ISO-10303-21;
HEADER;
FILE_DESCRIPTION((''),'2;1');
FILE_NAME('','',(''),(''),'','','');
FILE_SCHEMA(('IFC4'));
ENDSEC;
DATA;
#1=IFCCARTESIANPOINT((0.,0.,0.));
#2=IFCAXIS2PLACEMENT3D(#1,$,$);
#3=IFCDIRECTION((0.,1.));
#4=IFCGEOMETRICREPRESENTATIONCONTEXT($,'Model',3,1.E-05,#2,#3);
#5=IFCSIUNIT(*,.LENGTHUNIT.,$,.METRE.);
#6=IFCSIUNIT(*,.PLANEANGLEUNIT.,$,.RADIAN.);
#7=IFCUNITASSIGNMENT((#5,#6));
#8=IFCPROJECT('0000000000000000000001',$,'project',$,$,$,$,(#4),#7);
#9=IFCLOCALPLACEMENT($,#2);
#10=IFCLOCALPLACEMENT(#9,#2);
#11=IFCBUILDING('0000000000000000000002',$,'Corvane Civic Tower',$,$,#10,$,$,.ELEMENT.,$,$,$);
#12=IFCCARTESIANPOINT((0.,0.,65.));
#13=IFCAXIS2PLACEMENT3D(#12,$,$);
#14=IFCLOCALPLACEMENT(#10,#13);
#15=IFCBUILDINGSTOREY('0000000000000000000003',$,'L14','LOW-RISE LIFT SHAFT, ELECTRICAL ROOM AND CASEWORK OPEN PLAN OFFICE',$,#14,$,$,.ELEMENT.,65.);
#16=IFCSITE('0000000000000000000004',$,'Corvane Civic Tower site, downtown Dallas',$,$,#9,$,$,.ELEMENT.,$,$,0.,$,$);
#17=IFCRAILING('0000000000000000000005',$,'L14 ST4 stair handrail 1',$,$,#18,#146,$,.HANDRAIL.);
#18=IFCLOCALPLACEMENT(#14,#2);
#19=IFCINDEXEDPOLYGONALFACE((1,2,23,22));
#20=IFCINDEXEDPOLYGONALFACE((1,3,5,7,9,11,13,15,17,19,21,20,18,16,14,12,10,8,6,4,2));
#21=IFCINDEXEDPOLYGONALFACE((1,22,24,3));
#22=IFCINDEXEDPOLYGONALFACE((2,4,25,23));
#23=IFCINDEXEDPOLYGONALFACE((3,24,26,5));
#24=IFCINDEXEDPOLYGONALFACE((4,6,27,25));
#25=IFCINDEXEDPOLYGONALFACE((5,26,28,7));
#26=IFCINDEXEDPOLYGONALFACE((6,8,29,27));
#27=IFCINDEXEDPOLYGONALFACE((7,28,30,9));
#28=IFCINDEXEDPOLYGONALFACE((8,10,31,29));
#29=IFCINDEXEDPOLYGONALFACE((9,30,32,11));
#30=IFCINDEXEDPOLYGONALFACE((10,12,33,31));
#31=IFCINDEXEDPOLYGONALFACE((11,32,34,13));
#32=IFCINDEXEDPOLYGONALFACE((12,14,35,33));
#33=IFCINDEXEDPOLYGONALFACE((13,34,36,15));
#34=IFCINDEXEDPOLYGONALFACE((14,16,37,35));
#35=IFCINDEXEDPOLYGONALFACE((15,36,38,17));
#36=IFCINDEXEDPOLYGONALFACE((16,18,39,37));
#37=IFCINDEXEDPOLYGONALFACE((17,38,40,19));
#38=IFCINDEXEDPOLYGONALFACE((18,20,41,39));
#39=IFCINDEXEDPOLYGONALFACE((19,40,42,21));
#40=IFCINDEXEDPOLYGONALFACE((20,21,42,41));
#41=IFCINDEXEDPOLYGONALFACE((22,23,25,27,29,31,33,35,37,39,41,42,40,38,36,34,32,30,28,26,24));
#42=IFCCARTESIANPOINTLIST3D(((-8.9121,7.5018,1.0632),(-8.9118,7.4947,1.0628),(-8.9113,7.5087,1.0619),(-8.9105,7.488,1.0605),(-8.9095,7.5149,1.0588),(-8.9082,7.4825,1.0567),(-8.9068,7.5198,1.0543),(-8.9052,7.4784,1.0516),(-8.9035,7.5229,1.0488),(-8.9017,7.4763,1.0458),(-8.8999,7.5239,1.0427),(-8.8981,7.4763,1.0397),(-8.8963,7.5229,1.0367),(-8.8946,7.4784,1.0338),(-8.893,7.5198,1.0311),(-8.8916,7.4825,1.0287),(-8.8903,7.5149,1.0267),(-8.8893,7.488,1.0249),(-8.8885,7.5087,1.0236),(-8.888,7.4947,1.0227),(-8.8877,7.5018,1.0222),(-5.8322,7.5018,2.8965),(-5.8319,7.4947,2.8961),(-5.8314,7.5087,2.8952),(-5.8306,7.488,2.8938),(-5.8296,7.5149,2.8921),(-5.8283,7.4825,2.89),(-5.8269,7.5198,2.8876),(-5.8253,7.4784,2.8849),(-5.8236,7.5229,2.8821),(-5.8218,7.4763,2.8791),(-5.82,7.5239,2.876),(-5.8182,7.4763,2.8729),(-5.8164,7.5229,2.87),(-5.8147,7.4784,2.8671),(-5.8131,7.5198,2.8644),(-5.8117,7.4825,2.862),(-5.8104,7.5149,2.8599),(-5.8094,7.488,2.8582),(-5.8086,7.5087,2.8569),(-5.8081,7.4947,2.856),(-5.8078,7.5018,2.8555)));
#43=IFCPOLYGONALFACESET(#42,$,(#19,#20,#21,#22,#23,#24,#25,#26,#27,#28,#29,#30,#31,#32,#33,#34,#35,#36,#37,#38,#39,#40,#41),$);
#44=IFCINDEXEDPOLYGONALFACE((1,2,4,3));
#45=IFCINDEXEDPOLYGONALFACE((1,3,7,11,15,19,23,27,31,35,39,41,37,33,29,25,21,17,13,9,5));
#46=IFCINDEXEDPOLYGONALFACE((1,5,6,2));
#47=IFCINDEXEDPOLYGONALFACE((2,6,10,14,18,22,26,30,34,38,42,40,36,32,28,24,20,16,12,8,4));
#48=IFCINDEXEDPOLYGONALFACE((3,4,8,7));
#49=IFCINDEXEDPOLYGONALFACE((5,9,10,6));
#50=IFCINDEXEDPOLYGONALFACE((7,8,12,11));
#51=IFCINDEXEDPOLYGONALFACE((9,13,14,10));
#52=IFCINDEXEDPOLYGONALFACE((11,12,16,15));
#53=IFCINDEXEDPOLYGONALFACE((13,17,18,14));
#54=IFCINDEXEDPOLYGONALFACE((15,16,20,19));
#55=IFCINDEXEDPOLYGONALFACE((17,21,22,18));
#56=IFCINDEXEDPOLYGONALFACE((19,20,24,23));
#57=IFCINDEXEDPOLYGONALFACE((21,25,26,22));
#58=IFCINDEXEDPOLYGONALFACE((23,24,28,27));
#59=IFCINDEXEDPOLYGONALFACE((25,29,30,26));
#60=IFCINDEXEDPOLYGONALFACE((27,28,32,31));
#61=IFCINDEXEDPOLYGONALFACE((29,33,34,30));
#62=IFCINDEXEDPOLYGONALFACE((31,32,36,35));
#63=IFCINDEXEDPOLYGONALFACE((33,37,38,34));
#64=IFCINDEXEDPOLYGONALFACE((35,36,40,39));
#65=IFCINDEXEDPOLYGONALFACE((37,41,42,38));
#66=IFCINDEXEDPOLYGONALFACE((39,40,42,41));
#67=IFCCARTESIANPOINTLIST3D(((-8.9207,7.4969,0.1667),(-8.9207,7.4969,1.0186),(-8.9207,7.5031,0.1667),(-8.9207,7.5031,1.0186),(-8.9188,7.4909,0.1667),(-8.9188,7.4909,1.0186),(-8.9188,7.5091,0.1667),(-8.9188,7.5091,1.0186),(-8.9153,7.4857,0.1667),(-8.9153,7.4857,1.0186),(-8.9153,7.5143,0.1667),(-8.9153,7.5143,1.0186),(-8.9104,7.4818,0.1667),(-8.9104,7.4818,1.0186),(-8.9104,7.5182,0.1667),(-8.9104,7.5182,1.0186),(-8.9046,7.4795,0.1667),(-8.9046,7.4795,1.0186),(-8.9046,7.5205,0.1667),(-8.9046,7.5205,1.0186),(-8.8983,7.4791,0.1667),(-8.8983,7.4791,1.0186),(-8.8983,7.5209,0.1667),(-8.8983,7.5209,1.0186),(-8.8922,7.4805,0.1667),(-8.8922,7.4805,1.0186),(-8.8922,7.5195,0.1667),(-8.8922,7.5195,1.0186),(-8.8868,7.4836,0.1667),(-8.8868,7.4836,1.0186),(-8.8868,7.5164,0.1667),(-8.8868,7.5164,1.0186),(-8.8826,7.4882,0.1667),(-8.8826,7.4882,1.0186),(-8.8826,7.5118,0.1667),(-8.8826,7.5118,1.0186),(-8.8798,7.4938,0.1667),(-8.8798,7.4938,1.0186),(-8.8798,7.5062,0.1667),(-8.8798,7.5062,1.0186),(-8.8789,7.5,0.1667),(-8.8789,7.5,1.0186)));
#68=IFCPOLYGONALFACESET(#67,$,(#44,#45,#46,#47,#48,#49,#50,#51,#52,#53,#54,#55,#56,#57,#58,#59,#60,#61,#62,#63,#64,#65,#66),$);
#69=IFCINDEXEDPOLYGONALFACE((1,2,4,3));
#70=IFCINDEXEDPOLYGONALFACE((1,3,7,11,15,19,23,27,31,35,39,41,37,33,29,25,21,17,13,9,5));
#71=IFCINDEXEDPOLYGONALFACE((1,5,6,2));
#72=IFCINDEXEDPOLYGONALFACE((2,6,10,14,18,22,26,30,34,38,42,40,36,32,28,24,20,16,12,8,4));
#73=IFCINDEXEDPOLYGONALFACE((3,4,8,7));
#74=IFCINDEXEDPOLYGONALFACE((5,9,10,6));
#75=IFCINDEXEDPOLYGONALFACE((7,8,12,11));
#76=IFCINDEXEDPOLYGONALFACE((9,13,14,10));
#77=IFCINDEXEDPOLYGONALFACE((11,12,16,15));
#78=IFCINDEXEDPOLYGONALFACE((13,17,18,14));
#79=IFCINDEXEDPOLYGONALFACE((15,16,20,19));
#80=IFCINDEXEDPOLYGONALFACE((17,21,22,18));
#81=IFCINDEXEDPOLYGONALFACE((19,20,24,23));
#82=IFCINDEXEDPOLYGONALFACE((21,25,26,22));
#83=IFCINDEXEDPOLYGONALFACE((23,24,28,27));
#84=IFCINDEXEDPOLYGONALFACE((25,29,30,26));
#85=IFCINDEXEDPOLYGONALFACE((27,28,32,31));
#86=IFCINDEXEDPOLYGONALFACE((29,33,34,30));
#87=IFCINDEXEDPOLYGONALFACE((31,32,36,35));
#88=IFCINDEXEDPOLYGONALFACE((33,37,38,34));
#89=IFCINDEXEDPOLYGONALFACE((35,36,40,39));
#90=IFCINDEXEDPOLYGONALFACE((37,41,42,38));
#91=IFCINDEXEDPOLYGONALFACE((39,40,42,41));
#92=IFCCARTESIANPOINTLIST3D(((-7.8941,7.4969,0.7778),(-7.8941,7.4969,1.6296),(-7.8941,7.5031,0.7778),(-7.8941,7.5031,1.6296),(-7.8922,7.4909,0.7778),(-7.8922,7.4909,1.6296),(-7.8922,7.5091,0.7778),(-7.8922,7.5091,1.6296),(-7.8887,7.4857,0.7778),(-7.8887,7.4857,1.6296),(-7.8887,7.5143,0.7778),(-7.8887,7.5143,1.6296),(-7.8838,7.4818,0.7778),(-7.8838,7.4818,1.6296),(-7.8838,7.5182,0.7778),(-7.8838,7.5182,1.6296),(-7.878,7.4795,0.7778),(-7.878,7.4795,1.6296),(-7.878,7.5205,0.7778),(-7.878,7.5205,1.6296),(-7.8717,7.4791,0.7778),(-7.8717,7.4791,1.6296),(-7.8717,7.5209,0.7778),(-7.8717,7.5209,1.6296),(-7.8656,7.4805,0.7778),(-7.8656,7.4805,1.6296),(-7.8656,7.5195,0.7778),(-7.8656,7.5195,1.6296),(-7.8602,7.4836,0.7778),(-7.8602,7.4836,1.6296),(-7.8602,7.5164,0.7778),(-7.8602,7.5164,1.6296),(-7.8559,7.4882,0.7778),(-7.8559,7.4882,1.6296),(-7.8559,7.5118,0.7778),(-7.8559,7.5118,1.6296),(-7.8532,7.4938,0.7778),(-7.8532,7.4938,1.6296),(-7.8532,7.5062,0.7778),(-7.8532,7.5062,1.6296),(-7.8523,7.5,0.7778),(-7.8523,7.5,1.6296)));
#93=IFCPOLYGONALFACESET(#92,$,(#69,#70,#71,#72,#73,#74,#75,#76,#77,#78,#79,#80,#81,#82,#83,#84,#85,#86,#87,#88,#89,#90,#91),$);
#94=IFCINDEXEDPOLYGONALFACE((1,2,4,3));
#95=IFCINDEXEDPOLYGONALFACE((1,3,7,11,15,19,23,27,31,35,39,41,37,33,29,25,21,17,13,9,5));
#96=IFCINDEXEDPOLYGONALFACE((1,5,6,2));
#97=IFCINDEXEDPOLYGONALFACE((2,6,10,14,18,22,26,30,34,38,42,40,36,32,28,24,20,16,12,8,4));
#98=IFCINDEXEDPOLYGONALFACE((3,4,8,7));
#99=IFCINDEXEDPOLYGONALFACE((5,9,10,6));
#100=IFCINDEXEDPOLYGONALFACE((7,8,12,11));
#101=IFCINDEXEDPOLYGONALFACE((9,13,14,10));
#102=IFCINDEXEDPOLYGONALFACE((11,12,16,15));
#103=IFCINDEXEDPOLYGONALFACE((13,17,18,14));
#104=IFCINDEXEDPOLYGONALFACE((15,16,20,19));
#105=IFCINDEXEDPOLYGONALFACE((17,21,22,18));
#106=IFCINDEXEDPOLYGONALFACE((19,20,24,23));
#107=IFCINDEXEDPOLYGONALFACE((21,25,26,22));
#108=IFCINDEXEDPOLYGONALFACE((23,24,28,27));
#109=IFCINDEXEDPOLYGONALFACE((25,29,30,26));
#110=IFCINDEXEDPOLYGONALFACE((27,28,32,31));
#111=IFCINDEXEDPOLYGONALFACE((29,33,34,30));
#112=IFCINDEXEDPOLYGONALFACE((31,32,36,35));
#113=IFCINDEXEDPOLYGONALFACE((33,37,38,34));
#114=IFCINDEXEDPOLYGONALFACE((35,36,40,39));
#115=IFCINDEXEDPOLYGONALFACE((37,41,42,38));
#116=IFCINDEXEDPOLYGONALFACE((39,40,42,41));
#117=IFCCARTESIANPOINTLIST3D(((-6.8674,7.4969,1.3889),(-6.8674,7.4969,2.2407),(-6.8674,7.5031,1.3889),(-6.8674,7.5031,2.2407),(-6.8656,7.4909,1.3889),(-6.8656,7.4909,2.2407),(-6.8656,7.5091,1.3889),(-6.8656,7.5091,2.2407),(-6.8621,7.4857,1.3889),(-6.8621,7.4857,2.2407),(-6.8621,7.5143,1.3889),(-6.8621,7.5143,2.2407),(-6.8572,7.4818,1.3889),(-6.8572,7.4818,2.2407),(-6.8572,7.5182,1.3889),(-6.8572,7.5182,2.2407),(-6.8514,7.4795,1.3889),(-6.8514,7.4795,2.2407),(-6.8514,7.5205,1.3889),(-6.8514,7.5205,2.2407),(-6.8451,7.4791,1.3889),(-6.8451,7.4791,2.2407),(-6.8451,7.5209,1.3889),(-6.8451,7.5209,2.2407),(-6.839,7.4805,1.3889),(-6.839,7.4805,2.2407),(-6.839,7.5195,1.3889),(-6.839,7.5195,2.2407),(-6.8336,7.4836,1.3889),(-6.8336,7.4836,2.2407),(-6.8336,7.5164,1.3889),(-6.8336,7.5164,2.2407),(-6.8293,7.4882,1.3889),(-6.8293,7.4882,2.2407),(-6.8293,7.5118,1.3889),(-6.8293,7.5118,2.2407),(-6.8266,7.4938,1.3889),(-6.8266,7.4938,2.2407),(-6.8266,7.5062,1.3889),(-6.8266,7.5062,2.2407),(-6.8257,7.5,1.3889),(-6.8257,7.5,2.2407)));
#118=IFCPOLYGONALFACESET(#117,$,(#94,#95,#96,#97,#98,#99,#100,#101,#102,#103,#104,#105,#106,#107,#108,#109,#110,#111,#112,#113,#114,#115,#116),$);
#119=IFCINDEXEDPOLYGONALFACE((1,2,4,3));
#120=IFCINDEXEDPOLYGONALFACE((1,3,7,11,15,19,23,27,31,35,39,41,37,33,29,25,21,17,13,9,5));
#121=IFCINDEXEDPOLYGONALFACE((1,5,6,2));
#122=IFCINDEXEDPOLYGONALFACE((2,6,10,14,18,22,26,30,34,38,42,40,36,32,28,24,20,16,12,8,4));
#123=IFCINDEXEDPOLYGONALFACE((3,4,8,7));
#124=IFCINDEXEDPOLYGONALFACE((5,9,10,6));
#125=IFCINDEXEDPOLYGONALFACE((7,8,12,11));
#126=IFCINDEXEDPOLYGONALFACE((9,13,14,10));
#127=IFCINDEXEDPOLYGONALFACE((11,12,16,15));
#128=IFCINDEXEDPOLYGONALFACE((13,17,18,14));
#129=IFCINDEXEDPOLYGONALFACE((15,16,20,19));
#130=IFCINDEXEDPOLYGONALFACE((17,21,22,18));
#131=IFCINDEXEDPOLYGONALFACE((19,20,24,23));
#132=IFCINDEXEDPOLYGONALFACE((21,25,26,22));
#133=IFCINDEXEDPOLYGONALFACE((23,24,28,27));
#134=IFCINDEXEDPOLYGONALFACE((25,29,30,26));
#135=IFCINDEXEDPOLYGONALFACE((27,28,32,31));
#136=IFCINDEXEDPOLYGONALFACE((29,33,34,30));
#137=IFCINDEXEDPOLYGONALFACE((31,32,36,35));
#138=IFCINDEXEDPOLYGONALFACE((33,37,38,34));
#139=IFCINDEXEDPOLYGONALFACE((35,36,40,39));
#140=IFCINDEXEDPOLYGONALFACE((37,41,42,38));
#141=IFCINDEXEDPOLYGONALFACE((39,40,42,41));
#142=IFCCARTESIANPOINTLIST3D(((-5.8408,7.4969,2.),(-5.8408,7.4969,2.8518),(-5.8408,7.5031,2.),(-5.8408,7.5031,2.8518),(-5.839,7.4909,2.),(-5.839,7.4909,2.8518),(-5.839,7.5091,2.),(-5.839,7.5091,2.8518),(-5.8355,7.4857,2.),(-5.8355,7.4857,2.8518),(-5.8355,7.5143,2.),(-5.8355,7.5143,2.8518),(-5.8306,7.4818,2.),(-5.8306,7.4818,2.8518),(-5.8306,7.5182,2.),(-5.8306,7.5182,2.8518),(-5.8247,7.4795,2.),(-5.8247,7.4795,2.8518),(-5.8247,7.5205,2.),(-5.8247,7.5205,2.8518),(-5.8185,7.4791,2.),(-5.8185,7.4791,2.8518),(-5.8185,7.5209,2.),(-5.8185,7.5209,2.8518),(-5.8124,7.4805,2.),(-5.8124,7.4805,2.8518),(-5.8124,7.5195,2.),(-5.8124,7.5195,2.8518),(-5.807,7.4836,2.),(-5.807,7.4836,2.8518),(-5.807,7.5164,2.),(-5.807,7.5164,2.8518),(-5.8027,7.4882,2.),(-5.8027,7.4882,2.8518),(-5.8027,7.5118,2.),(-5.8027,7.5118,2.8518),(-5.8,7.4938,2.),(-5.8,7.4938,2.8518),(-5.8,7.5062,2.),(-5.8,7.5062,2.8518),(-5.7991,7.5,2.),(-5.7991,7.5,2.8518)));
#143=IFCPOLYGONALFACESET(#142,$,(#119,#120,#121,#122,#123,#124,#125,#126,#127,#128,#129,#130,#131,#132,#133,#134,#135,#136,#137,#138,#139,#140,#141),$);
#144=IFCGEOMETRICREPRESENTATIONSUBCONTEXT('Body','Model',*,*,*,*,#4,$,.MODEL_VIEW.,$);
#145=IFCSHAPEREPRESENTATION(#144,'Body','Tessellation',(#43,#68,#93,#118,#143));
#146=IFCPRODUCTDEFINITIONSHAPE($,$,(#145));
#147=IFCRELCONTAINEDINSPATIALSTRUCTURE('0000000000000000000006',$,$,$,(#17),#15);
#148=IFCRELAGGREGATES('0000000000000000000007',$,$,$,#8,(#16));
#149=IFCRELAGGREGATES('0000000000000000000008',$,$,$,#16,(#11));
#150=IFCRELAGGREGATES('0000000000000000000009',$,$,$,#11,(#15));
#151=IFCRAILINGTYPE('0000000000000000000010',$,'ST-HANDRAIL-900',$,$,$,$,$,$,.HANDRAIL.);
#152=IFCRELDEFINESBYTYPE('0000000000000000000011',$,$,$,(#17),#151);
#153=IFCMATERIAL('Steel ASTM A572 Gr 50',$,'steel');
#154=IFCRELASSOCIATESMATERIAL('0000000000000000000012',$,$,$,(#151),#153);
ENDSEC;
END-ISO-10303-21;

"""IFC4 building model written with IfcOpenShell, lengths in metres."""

from ifc_helpers import new_model, si_unit, direction, frame, origin, origin_2d, place, context, subcontext, project, spatial, circle, extrude, material, type_object, element, save


model = new_model("IFC4")

# Units and contexts
model_context = context("Model", 3, precision=1e-05, world=origin(), true_north=direction((0.0, 1.0)))
body_context = subcontext(model_context, "Body", "Model", "MODEL_VIEW")
ifc_project = project(units=[si_unit("LENGTHUNIT", "METRE"), si_unit("PLANEANGLEUNIT", "RADIAN")], contexts=[model_context])

# Site, building, storey
site_placement = place(None, origin())
site = spatial("IfcSite", under=ifc_project, at=site_placement, Name="Corvane Civic Tower site, downtown Dallas", CompositionType="ELEMENT", RefElevation=0.0)
building_placement = place(site_placement, origin())
building = spatial("IfcBuilding", under=site, at=building_placement, Name="Corvane Civic Tower", CompositionType="ELEMENT")
storey_placement = place(building_placement, frame((0.0, 0.0, 65.0)))
storey = spatial("IfcBuildingStorey", under=building, at=storey_placement, Name="L14", Description="LOW-RISE LIFT SHAFT, ELECTRICAL ROOM AND CASEWORK OPEN PLAN OFFICE", CompositionType="ELEMENT", Elevation=65.0)

# Railing
ifc_material_1 = material(Name="Steel ASTM A572 Gr 50", Category="steel")
railing_type = type_object("IfcRailingType", Name="ST-HANDRAIL-900", PredefinedType="HANDRAIL", material=ifc_material_1)
railing_1_placement = place(storey_placement, frame((-8.8999, 7.5, 0.1667)))
element("IfcRailing", 1, at=railing_1_placement, inside=storey, type_object=railing_type, Name="L14 ST4 stair handrail 1", PredefinedType="HANDRAIL", context=body_context, shape_type="SweptSolid", body=[
    extrude(circle(Radius=0.0239, at=origin_2d()), frame((0.0, 0.0, 0.876), z_axis=(0.859291, 0.0, 0.511487), x_axis=(0.0, 1.0, 0.0)), (0.0, 0.0, 1.0), 3.5842),
    extrude(circle(Radius=0.021, at=origin_2d()), origin(), (0.0, 0.0, 1.0), 0.8518),
    extrude(circle(Radius=0.021, at=origin_2d()), frame((1.0266, 0.0, 0.6111)), (0.0, 0.0, 1.0), 0.8518),
    extrude(circle(Radius=0.021, at=origin_2d()), frame((2.0532, 0.0, 1.2222)), (0.0, 0.0, 1.0), 0.8518),
    extrude(circle(Radius=0.021, at=origin_2d()), frame((3.0798, 0.0, 1.8333)), (0.0, 0.0, 1.0), 0.8518),
])

save(model, "model.ifc")
